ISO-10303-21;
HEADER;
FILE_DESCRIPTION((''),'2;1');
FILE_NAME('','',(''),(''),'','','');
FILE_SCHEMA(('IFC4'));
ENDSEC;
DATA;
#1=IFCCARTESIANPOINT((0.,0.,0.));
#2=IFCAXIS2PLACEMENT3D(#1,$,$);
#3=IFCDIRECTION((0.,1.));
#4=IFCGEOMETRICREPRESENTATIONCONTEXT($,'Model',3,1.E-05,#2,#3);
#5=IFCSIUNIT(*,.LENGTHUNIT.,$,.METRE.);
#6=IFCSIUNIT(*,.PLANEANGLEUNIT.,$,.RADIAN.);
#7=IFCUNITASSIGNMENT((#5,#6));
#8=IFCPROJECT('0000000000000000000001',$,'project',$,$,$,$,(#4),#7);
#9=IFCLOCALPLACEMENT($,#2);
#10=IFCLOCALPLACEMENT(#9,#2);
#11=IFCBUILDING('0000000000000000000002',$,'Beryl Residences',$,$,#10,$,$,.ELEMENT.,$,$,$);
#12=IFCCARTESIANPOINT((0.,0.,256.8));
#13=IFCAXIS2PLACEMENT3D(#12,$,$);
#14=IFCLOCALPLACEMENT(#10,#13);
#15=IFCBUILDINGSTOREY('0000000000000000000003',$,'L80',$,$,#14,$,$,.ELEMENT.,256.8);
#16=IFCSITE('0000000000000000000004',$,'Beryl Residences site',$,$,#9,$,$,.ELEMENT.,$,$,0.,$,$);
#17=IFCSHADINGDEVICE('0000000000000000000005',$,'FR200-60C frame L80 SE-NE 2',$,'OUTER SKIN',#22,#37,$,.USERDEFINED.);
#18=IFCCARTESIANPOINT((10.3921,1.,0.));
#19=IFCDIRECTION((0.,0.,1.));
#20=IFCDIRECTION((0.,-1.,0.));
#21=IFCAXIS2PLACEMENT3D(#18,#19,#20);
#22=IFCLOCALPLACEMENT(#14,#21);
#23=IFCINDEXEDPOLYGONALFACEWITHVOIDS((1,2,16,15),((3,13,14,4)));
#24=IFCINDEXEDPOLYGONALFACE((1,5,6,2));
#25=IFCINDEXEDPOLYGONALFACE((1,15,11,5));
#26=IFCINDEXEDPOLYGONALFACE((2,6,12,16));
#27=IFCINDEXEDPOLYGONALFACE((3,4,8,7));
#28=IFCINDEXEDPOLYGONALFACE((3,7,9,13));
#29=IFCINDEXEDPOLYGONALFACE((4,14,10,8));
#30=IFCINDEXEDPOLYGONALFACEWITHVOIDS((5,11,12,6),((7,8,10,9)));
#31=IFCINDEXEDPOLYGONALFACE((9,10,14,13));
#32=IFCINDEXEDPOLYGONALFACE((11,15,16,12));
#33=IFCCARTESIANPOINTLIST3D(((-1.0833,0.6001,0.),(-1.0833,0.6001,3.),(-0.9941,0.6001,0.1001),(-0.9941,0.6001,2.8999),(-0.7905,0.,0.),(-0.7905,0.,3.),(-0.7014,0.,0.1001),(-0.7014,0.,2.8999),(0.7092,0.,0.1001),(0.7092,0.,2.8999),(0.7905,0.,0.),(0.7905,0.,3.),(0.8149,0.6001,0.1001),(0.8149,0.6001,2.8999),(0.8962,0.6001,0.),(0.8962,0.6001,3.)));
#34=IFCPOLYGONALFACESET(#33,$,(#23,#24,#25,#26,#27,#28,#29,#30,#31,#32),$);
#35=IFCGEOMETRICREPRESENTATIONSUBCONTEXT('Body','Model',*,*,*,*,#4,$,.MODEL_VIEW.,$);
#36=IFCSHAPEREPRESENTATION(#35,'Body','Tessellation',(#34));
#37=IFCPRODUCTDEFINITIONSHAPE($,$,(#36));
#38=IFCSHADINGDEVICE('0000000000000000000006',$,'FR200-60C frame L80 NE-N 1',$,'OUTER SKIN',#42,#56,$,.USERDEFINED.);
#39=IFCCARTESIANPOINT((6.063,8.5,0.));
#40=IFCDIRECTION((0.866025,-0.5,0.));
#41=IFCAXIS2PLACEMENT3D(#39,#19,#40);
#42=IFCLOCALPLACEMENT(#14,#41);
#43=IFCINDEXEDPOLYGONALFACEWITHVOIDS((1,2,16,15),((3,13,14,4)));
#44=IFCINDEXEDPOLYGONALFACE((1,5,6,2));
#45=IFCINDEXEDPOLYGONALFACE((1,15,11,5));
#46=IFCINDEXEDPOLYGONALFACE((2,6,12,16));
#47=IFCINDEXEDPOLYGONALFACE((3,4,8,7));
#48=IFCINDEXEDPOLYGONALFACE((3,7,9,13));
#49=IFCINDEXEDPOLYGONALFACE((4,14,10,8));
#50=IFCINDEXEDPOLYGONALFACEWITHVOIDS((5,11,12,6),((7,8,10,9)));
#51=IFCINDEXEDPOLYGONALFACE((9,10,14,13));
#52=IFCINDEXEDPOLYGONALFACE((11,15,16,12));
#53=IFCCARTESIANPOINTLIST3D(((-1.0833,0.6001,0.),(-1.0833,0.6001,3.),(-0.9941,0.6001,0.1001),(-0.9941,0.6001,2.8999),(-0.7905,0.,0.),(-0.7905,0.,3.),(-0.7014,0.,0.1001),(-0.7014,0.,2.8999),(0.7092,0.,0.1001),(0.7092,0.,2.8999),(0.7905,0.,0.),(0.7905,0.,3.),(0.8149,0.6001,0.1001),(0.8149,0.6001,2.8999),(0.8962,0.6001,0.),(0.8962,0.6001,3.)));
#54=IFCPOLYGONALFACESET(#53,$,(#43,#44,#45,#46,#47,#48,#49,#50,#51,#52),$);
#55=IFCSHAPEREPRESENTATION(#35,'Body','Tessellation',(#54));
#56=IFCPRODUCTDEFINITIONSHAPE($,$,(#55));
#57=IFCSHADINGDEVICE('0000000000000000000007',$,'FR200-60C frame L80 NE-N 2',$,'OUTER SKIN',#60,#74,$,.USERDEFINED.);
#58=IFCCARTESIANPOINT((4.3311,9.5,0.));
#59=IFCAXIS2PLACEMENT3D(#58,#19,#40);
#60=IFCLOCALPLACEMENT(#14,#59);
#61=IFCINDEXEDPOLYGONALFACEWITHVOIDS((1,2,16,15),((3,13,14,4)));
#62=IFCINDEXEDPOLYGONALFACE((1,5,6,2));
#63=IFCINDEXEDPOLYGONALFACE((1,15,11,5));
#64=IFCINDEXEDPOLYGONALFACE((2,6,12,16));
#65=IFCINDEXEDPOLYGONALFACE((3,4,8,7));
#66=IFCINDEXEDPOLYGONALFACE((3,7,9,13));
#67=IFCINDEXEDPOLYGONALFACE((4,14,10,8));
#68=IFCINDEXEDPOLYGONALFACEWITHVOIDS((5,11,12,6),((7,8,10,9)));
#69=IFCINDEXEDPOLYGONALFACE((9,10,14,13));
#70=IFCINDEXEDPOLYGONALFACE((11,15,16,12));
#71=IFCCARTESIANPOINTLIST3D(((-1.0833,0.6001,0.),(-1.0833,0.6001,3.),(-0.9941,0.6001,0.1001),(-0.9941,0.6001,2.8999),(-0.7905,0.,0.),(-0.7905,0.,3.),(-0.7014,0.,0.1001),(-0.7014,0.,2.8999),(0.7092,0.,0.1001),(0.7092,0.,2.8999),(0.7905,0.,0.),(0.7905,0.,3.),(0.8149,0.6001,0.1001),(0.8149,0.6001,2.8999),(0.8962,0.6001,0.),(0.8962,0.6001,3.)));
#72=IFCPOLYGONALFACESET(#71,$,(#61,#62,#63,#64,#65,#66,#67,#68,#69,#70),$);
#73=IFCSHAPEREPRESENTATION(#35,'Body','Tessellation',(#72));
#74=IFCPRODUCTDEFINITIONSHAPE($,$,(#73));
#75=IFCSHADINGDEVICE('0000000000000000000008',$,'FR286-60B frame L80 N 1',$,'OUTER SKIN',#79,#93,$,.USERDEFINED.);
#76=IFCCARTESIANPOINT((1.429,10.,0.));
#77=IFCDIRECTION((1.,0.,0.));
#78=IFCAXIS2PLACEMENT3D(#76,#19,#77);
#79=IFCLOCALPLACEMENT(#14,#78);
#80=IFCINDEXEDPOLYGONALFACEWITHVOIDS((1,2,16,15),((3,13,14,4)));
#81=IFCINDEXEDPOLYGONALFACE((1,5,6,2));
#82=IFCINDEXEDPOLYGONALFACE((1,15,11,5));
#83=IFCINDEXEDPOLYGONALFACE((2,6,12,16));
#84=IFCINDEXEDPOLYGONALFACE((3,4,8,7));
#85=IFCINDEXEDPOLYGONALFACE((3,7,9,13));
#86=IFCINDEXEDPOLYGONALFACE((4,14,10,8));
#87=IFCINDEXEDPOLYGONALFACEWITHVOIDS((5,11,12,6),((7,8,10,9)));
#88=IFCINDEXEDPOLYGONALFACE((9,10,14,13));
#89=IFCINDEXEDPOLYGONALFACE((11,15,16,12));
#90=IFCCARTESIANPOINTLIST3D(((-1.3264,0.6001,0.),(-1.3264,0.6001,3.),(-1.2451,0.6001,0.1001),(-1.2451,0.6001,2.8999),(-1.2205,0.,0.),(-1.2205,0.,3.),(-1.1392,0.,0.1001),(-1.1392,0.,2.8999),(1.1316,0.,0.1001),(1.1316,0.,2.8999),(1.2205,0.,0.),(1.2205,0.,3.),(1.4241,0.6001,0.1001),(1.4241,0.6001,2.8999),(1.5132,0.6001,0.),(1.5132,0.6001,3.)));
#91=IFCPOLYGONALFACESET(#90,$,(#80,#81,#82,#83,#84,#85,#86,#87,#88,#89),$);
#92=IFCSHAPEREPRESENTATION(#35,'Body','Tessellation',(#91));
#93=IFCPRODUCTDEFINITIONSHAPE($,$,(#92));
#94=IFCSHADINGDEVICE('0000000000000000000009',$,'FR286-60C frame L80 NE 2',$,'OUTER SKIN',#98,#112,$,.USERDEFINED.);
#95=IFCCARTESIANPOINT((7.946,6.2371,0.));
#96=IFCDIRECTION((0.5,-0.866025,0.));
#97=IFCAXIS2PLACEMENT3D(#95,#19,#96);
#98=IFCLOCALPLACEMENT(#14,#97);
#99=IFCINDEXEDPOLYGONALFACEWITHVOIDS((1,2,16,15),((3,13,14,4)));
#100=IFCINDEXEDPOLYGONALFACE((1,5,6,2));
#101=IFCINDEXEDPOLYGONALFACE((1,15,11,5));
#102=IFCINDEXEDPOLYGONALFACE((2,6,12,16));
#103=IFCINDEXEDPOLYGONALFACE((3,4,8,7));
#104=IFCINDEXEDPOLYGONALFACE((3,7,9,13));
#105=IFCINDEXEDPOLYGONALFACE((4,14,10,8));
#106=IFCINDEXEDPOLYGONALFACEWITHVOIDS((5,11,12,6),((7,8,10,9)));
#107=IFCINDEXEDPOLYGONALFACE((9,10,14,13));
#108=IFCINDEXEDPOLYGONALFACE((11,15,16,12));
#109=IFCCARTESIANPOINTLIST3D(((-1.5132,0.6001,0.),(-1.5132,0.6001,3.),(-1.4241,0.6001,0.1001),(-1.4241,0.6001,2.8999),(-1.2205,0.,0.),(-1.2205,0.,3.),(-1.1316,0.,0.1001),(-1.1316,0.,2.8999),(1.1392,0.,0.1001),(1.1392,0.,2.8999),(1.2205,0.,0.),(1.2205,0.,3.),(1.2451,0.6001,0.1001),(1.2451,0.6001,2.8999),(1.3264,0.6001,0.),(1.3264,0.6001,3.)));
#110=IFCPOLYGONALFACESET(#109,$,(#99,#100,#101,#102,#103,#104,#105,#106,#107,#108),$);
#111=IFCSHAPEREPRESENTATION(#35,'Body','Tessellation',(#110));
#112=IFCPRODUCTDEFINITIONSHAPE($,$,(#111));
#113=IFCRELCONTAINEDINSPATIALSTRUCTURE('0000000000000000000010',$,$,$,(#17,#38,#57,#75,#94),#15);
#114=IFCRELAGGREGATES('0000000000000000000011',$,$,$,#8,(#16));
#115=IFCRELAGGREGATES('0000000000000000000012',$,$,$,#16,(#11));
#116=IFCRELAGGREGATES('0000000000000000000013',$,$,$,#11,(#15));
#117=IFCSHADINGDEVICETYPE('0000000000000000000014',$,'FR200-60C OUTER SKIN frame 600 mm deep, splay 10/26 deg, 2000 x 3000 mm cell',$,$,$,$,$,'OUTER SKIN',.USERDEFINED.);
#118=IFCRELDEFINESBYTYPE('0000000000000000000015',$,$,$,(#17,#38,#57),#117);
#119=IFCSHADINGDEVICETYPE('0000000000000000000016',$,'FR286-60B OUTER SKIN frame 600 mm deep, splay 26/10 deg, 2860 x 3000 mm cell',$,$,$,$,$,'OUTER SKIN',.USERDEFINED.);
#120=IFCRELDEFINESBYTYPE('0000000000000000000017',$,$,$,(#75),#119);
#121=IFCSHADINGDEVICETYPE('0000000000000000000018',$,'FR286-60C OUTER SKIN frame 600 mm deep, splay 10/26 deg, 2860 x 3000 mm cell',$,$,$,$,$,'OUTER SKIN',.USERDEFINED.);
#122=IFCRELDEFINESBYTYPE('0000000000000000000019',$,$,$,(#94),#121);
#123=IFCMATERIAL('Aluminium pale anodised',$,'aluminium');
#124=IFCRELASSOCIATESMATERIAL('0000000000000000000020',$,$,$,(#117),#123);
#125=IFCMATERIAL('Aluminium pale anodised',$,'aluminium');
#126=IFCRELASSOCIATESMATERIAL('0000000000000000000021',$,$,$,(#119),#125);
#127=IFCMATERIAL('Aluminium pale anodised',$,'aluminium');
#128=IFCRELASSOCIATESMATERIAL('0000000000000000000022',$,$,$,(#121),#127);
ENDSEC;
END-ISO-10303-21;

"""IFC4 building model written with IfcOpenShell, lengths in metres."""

from ifc_helpers import new_model, entity, si_unit, direction, frame, origin, place, context, subcontext, project, spatial, source, transform, mapped, material, type_object, type_shapes, element, save


model = new_model("IFC4")

# Units and contexts
model_context = context("Model", 3, precision=1e-05, world=origin(), true_north=direction((0.0, 1.0)))
body_context = subcontext(model_context, "Body", "Model", "MODEL_VIEW")
ifc_project = project(units=[si_unit("LENGTHUNIT", "METRE"), si_unit("PLANEANGLEUNIT", "RADIAN")], contexts=[model_context])

# Site, building, storey
site_placement = place(None, origin())
site = spatial("IfcSite", under=ifc_project, at=site_placement, Name="Beryl Residences site", CompositionType="ELEMENT", RefElevation=0.0)
building_placement = place(site_placement, origin())
building = spatial("IfcBuilding", under=site, at=building_placement, Name="Beryl Residences", CompositionType="ELEMENT")
storey_placement = place(building_placement, frame((0.0, 0.0, 256.8)))
storey = spatial("IfcBuildingStorey", under=building, at=storey_placement, Name="L80", CompositionType="ELEMENT", Elevation=256.8)

# Shading devices
ifc_material_1 = material(Name="Aluminium pale anodised", Category="aluminium")
shading_device_type_1 = type_object("IfcShadingDeviceType", Name="FR200-60C OUTER SKIN frame 600 mm deep, splay 10/26 deg, 2000 x 3000 mm cell", ElementType="OUTER SKIN", PredefinedType="USERDEFINED", material=ifc_material_1)
cartesian_point_1 = entity("IfcCartesianPoint", [-0.7905, 0.0])
cartesian_point_2 = entity("IfcCartesianPoint", [-0.7092, 0.1001])
cartesian_point_3 = entity("IfcCartesianPoint", [-0.8962, 0.0])
cartesian_point_4 = entity("IfcCartesianPoint", [-0.8149, 0.1001])
shared_shape_1 = source(origin(), body_context, "Body", "SweptSolid", [
    entity("IfcExtrudedAreaSolidTapered", entity("IfcArbitraryProfileDefWithVoids", "AREA", None, entity("IfcPolyline", [cartesian_point_1, entity("IfcCartesianPoint", [0.7905, 0.0]), entity("IfcCartesianPoint", [0.7905, 3.0]), entity("IfcCartesianPoint", [-0.7905, 3.0]), cartesian_point_1]), [entity("IfcPolyline", [cartesian_point_2, entity("IfcCartesianPoint", [0.7014, 0.1001]), entity("IfcCartesianPoint", [0.7014, 2.8999]), entity("IfcCartesianPoint", [-0.7092, 2.8999]), cartesian_point_2])]), entity("IfcAxis2Placement3D", entity("IfcCartesianPoint", [0.0, 0.0, 0.0]), entity("IfcDirection", [0.0, 1.0, 0.0]), entity("IfcDirection", [-1.0, 0.0, 0.0])), entity("IfcDirection", [0.0, 0.0, 1.0]), 0.6001, entity("IfcArbitraryProfileDefWithVoids", "AREA", None, entity("IfcPolyline", [cartesian_point_3, entity("IfcCartesianPoint", [1.0833, 0.0]), entity("IfcCartesianPoint", [1.0833, 3.0]), entity("IfcCartesianPoint", [-0.8962, 3.0]), cartesian_point_3]), [entity("IfcPolyline", [cartesian_point_4, entity("IfcCartesianPoint", [0.9941, 0.1001]), entity("IfcCartesianPoint", [0.9941, 2.8999]), entity("IfcCartesianPoint", [-0.8149, 2.8999]), cartesian_point_4])])),
])
type_shapes(shading_device_type_1, [shared_shape_1])
for number, where, z_axis, x_axis, name in (
    (1, (10.3921, 1.0, 0.0), (0.0, 0.0, 1.0), (0.0, -1.0, 0.0), "FR200-60C frame L80 SE-NE 2"),
    (2, (6.063, 8.5, 0.0), (0.0, 0.0, 1.0), (0.866025, -0.5, 0.0), "FR200-60C frame L80 NE-N 1"),
    (3, (4.3311, 9.5, 0.0), (0.0, 0.0, 1.0), (0.866025, -0.5, 0.0), "FR200-60C frame L80 NE-N 2"),
):
    element("IfcShadingDevice", number, at=place(storey_placement, frame(where, z_axis=z_axis, x_axis=x_axis)), inside=storey, type_object=shading_device_type_1, Name=name, ObjectType="OUTER SKIN", PredefinedType="USERDEFINED", context=body_context, shape_type="MappedRepresentation", body=[
        mapped(shared_shape_1, transform((0.0, 0.0, 0.0))),
    ])
ifc_material_2 = material(Name="Aluminium pale anodised", Category="aluminium")
shading_device_type_2 = type_object("IfcShadingDeviceType", Name="FR286-60B OUTER SKIN frame 600 mm deep, splay 26/10 deg, 2860 x 3000 mm cell", ElementType="OUTER SKIN", PredefinedType="USERDEFINED", material=ifc_material_2)
cartesian_point_5 = entity("IfcCartesianPoint", [-1.2205, 0.0])
cartesian_point_6 = entity("IfcCartesianPoint", [-1.1316, 0.1001])
cartesian_point_7 = entity("IfcCartesianPoint", [-1.5132, 0.0])
cartesian_point_8 = entity("IfcCartesianPoint", [-1.4241, 0.1001])
shared_shape_2 = source(origin(), body_context, "Body", "SweptSolid", [
    entity("IfcExtrudedAreaSolidTapered", entity("IfcArbitraryProfileDefWithVoids", "AREA", None, entity("IfcPolyline", [cartesian_point_5, entity("IfcCartesianPoint", [1.2205, 0.0]), entity("IfcCartesianPoint", [1.2205, 3.0]), entity("IfcCartesianPoint", [-1.2205, 3.0]), cartesian_point_5]), [entity("IfcPolyline", [cartesian_point_6, entity("IfcCartesianPoint", [1.1392, 0.1001]), entity("IfcCartesianPoint", [1.1392, 2.8999]), entity("IfcCartesianPoint", [-1.1316, 2.8999]), cartesian_point_6])]), entity("IfcAxis2Placement3D", entity("IfcCartesianPoint", [0.0, 0.0, 0.0]), entity("IfcDirection", [0.0, 1.0, 0.0]), entity("IfcDirection", [-1.0, 0.0, 0.0])), entity("IfcDirection", [0.0, 0.0, 1.0]), 0.6001, entity("IfcArbitraryProfileDefWithVoids", "AREA", None, entity("IfcPolyline", [cartesian_point_7, entity("IfcCartesianPoint", [1.3264, 0.0]), entity("IfcCartesianPoint", [1.3264, 3.0]), entity("IfcCartesianPoint", [-1.5132, 3.0]), cartesian_point_7]), [entity("IfcPolyline", [cartesian_point_8, entity("IfcCartesianPoint", [1.2451, 0.1001]), entity("IfcCartesianPoint", [1.2451, 2.8999]), entity("IfcCartesianPoint", [-1.4241, 2.8999]), cartesian_point_8])])),
])
type_shapes(shading_device_type_2, [shared_shape_2])
shading_device_placement = place(storey_placement, frame((1.429, 10.0, 0.0), z_axis=(0.0, 0.0, 1.0), x_axis=(1.0, 0.0, 0.0)))
element("IfcShadingDevice", 4, at=shading_device_placement, inside=storey, type_object=shading_device_type_2, Name="FR286-60B frame L80 N 1", ObjectType="OUTER SKIN", PredefinedType="USERDEFINED", context=body_context, shape_type="MappedRepresentation", body=[
    mapped(shared_shape_2, transform((0.0, 0.0, 0.0))),
])
ifc_material_3 = material(Name="Aluminium pale anodised", Category="aluminium")
shading_device_type_3 = type_object("IfcShadingDeviceType", Name="FR286-60C OUTER SKIN frame 600 mm deep, splay 10/26 deg, 2860 x 3000 mm cell", ElementType="OUTER SKIN", PredefinedType="USERDEFINED", material=ifc_material_3)
cartesian_point_9 = entity("IfcCartesianPoint", [-1.2205, 0.0])
cartesian_point_10 = entity("IfcCartesianPoint", [-1.1392, 0.1001])
cartesian_point_11 = entity("IfcCartesianPoint", [-1.3264, 0.0])
cartesian_point_12 = entity("IfcCartesianPoint", [-1.2451, 0.1001])
shared_shape_3 = source(origin(), body_context, "Body", "SweptSolid", [
    entity("IfcExtrudedAreaSolidTapered", entity("IfcArbitraryProfileDefWithVoids", "AREA", None, entity("IfcPolyline", [cartesian_point_9, entity("IfcCartesianPoint", [1.2205, 0.0]), entity("IfcCartesianPoint", [1.2205, 3.0]), entity("IfcCartesianPoint", [-1.2205, 3.0]), cartesian_point_9]), [entity("IfcPolyline", [cartesian_point_10, entity("IfcCartesianPoint", [1.1316, 0.1001]), entity("IfcCartesianPoint", [1.1316, 2.8999]), entity("IfcCartesianPoint", [-1.1392, 2.8999]), cartesian_point_10])]), entity("IfcAxis2Placement3D", entity("IfcCartesianPoint", [0.0, 0.0, 0.0]), entity("IfcDirection", [0.0, 1.0, 0.0]), entity("IfcDirection", [-1.0, 0.0, 0.0])), entity("IfcDirection", [0.0, 0.0, 1.0]), 0.6001, entity("IfcArbitraryProfileDefWithVoids", "AREA", None, entity("IfcPolyline", [cartesian_point_11, entity("IfcCartesianPoint", [1.5132, 0.0]), entity("IfcCartesianPoint", [1.5132, 3.0]), entity("IfcCartesianPoint", [-1.3264, 3.0]), cartesian_point_11]), [entity("IfcPolyline", [cartesian_point_12, entity("IfcCartesianPoint", [1.4241, 0.1001]), entity("IfcCartesianPoint", [1.4241, 2.8999]), entity("IfcCartesianPoint", [-1.2451, 2.8999]), cartesian_point_12])])),
])
type_shapes(shading_device_type_3, [shared_shape_3])
for number, where, z_axis, x_axis, name in (
    (5, (7.946, 6.2371, 0.0), (0.0, 0.0, 1.0), (0.5, -0.866025, 0.0), "FR286-60C frame L80 NE 2"),
):
    element("IfcShadingDevice", number, at=place(storey_placement, frame(where, z_axis=z_axis, x_axis=x_axis)), inside=storey, type_object=shading_device_type_3, Name=name, ObjectType="OUTER SKIN", PredefinedType="USERDEFINED", context=body_context, shape_type="MappedRepresentation", body=[
        mapped(shared_shape_3, transform((0.0, 0.0, 0.0))),
    ])

save(model, "model.ifc")
